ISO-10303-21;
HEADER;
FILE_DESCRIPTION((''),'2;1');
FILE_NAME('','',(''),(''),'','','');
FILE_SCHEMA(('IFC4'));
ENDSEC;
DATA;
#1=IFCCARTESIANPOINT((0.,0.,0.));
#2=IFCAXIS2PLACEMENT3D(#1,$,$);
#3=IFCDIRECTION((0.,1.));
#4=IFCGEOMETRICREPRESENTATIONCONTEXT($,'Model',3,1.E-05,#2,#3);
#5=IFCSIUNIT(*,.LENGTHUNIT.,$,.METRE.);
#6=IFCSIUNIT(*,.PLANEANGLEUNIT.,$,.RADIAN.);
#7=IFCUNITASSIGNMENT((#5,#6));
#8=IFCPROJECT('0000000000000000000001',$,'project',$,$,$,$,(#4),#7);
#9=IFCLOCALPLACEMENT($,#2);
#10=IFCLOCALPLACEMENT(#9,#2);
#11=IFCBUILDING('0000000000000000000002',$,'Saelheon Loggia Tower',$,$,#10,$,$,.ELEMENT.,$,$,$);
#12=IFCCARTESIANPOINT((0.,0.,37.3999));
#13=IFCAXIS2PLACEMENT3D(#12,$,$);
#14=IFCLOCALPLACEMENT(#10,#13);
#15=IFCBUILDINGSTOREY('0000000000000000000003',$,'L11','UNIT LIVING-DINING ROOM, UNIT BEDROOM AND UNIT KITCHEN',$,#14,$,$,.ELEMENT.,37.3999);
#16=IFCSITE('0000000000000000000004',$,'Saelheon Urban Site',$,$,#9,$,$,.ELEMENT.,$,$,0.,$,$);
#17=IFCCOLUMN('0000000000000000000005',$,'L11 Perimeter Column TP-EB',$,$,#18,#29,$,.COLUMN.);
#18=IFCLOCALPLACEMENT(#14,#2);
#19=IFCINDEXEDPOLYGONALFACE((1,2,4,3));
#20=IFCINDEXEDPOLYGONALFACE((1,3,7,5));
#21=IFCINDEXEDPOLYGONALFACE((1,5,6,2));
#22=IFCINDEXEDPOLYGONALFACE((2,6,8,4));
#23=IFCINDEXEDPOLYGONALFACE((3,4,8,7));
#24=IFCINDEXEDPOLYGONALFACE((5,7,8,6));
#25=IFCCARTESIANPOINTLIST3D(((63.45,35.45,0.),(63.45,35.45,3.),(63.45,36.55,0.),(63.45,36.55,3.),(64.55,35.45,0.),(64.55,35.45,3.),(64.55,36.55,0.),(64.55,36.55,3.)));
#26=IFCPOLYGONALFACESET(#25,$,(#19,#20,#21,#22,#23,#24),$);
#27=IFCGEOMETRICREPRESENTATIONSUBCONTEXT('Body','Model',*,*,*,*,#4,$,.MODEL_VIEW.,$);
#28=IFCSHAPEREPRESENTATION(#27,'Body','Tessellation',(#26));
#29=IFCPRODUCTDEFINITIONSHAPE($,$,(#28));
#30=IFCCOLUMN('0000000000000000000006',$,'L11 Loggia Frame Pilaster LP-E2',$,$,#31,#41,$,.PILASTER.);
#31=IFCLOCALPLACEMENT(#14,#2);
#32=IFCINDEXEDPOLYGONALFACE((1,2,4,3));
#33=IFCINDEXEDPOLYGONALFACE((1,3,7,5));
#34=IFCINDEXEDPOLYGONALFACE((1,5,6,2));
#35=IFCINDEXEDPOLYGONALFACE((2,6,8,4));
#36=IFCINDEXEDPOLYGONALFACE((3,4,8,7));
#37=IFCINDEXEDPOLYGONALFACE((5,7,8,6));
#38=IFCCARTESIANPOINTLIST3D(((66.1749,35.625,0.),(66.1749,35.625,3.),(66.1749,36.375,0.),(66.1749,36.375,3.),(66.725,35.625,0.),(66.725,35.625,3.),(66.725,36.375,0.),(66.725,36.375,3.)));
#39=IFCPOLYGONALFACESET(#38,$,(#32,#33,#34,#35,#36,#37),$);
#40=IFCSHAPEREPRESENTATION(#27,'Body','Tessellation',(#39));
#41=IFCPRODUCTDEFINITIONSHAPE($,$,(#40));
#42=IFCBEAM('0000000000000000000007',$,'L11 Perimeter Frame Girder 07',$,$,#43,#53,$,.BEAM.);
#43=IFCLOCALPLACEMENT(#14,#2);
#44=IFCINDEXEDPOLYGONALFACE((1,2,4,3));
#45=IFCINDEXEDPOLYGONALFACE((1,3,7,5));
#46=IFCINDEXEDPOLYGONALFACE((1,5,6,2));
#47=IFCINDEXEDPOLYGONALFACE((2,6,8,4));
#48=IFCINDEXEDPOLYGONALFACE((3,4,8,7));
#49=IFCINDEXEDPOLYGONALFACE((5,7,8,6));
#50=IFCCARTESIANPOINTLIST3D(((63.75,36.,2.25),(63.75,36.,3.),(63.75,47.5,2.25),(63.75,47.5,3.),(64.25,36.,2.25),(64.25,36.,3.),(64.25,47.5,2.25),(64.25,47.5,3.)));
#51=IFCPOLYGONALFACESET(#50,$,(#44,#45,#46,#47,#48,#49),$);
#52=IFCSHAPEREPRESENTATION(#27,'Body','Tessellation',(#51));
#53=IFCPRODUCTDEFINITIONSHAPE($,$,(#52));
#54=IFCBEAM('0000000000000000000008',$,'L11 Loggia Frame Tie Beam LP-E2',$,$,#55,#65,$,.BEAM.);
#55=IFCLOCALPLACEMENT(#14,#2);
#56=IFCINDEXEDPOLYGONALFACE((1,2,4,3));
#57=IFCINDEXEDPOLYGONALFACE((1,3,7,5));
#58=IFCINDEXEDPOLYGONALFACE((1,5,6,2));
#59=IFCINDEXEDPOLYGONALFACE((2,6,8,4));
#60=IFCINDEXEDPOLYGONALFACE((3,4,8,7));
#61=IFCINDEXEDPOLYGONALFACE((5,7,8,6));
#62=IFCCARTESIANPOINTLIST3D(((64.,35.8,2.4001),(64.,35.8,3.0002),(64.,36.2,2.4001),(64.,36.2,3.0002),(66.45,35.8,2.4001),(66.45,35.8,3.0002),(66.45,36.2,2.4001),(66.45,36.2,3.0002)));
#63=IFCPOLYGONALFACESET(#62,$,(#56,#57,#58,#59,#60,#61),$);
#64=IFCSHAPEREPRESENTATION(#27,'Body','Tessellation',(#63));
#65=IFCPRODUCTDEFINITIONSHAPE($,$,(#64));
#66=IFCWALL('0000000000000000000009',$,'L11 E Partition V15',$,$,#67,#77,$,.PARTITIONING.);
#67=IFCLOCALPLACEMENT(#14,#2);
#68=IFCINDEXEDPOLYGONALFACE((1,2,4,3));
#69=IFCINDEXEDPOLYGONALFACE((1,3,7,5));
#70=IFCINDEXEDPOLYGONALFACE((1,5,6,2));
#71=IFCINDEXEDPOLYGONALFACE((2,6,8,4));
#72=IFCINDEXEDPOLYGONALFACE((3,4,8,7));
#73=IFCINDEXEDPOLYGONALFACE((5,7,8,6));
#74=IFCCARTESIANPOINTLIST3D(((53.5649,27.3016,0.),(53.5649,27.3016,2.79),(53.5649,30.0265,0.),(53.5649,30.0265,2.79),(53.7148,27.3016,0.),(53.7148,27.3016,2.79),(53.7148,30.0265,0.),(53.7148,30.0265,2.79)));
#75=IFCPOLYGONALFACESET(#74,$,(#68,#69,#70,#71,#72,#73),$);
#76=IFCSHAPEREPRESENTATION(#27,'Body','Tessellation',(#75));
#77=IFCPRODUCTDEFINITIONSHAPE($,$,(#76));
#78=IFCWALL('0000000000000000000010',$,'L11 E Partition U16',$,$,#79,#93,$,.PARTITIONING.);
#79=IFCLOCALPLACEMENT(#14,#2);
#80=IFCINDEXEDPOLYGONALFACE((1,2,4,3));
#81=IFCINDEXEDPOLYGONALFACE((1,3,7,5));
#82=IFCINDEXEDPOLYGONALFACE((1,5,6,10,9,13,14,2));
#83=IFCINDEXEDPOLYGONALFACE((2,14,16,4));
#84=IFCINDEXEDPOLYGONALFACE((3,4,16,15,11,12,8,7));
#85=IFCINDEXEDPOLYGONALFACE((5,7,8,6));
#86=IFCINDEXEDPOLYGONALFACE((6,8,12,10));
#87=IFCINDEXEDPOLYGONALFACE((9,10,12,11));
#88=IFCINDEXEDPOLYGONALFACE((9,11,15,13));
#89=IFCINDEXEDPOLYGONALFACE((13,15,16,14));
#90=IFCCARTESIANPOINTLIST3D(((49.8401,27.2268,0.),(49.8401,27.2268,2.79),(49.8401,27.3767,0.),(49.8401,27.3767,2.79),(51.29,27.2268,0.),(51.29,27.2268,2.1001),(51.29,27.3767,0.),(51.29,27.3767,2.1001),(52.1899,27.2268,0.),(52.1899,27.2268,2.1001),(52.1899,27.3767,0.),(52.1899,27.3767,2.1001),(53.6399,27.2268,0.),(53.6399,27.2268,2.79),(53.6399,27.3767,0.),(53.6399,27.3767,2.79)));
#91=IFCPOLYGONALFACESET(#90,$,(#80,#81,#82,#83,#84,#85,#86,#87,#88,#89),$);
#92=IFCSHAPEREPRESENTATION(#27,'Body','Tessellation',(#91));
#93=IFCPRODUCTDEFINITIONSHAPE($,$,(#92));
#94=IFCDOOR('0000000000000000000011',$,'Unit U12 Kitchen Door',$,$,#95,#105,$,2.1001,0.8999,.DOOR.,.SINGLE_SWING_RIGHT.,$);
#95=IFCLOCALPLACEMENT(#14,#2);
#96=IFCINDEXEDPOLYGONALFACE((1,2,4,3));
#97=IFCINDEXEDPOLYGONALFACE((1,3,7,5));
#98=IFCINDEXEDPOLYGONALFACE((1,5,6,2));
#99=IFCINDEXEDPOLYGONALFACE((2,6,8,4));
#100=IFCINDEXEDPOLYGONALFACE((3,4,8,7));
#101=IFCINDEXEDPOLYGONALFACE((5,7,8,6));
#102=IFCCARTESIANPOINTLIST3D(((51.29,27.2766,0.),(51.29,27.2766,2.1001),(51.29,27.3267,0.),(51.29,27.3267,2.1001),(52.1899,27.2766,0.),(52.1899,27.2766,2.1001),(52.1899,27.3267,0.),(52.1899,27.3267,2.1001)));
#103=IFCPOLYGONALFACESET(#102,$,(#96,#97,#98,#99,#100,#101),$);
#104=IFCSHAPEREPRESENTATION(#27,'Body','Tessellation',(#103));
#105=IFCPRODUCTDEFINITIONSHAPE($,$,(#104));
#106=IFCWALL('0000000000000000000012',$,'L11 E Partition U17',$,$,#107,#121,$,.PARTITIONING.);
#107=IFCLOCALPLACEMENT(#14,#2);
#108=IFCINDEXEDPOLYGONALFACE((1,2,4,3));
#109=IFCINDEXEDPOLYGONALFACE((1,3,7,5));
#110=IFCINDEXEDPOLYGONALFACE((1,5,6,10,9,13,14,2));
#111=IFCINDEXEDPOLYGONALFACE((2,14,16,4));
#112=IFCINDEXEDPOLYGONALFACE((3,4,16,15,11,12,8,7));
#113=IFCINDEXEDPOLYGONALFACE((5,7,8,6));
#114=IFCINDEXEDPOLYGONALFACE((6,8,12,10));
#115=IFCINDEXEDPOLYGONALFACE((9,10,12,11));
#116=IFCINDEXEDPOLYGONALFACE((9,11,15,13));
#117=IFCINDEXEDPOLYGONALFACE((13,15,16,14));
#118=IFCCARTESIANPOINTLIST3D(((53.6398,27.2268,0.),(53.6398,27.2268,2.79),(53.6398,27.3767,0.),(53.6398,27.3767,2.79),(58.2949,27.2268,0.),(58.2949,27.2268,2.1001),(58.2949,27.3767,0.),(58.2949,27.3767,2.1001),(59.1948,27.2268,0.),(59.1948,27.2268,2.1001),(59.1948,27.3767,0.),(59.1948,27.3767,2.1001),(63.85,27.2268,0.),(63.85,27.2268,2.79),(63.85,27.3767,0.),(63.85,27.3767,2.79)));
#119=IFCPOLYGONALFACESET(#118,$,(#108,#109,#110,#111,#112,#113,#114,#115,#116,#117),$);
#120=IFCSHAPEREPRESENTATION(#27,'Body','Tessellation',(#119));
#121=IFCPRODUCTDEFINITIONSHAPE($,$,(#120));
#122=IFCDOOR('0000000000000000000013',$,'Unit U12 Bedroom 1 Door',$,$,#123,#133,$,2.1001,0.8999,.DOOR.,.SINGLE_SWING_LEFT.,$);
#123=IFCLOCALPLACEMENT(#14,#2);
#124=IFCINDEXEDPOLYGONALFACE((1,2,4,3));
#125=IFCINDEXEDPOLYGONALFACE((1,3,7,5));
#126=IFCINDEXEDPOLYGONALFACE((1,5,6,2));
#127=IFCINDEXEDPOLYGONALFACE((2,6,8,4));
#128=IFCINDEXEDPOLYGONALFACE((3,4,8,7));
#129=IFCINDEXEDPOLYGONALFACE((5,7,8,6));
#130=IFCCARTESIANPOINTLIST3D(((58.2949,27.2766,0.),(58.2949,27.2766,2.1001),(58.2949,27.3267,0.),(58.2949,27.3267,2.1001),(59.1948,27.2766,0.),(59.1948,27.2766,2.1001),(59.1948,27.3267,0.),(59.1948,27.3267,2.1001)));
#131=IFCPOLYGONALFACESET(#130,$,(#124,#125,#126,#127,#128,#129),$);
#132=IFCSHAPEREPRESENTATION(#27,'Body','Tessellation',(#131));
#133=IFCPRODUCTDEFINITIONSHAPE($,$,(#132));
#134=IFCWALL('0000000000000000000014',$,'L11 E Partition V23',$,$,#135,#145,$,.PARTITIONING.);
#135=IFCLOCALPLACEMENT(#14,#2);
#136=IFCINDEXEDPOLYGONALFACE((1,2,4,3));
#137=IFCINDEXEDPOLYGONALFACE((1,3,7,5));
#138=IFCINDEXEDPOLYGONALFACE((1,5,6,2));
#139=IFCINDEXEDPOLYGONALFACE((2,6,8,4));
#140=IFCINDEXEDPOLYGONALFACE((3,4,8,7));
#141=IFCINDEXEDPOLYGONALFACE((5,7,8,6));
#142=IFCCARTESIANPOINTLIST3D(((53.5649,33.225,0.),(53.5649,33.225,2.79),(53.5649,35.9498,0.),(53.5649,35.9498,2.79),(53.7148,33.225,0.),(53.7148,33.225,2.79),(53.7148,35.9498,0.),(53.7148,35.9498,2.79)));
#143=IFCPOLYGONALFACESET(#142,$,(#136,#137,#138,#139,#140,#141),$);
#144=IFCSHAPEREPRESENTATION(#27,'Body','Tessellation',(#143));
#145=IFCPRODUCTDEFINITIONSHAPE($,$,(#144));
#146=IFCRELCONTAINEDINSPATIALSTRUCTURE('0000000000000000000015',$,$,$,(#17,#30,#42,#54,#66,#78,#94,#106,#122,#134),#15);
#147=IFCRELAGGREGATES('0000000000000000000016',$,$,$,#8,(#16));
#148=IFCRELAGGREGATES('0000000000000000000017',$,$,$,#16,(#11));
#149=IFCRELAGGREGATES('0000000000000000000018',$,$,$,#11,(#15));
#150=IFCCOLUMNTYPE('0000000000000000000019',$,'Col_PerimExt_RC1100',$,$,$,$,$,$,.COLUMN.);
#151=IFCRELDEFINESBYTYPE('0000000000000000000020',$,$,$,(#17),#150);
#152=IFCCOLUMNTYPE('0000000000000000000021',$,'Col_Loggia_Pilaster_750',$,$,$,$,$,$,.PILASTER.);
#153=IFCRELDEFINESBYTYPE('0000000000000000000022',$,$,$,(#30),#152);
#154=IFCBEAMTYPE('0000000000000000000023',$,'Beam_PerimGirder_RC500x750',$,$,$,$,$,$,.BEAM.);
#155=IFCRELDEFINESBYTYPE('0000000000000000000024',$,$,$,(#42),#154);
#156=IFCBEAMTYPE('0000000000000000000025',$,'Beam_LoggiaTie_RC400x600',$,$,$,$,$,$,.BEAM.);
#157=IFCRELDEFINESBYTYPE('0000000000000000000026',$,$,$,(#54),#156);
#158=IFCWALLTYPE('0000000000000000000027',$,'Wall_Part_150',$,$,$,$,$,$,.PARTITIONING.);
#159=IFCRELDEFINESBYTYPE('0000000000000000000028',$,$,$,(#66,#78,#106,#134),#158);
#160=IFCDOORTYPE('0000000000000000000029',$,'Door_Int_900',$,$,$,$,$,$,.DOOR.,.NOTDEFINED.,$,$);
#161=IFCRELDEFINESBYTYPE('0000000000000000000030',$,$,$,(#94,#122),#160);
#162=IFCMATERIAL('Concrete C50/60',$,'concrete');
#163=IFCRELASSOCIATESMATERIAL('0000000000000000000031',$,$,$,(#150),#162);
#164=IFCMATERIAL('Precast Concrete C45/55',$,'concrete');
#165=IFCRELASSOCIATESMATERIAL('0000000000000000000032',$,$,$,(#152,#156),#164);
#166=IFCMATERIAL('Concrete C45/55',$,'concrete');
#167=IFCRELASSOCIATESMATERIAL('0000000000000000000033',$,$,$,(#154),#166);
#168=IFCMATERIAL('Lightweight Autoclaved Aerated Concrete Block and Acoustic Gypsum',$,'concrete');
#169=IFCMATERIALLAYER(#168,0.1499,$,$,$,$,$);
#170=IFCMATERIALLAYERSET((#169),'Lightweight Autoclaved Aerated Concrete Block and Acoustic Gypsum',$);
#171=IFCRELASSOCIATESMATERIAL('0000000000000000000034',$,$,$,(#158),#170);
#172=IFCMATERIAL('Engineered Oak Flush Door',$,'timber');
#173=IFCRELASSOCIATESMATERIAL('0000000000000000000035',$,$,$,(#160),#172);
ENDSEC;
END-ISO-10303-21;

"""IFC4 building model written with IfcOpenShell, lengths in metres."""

from ifc_helpers import new_model, si_unit, direction, frame, frame_2d, origin, origin_2d, place, context, subcontext, project, spatial, rectangle, extrude, source, transform, mapped, material, layer, layer_set, material_profile, profile_set, type_object, element, fill, save


model = new_model("IFC4")

# Units and contexts
model_context = context("Model", 3, precision=1e-05, world=origin(), true_north=direction((0.0, 1.0)))
body_context = subcontext(model_context, "Body", "Model", "MODEL_VIEW")
ifc_project = project(units=[si_unit("LENGTHUNIT", "METRE"), si_unit("PLANEANGLEUNIT", "RADIAN")], contexts=[model_context])

# Site, building, storey
site_placement = place(None, origin())
site = spatial("IfcSite", under=ifc_project, at=site_placement, Name="Saelheon Urban Site", CompositionType="ELEMENT", RefElevation=0.0)
building_placement = place(site_placement, origin())
building = spatial("IfcBuilding", under=site, at=building_placement, Name="Saelheon Loggia Tower", CompositionType="ELEMENT")
storey_placement = place(building_placement, frame((0.0, 0.0, 37.3999)))
storey = spatial("IfcBuildingStorey", under=building, at=storey_placement, Name="L11", Description="UNIT LIVING-DINING ROOM, UNIT BEDROOM AND UNIT KITCHEN", CompositionType="ELEMENT", Elevation=37.3999)

# Columns
ifc_material_1 = material(Name="Concrete C50/60", Category="concrete")
ifc_material_profile_1 = material_profile(ifc_material_1, rectangle(XDim=1.1001, YDim=1.1001, at=origin_2d()), Name="RC-1100x1100")
ifc_profile_set_1 = profile_set([ifc_material_profile_1], Name="Concrete C50/60")
column_type_1 = type_object("IfcColumnType", Name="Col_PerimExt_RC1100", PredefinedType="COLUMN", material=ifc_profile_set_1)
shared_shape_1 = source(origin(), body_context, "Body", "SweptSolid", [
    extrude(rectangle(XDim=1.1001, YDim=1.1001, at=origin_2d()), origin(), (0.0, 0.0, 1.0), 3.0),
])
column_1_placement = place(storey_placement, frame((64.0, 36.0, 0.0), z_axis=(0.0, 0.0, 1.0), x_axis=(1.0, 0.0, 0.0)))
element("IfcColumn", 1, at=column_1_placement, inside=storey, type_object=column_type_1, Name="L11 Perimeter Column TP-EB", PredefinedType="COLUMN", context=body_context, shape_type="MappedRepresentation", body=[
    mapped(shared_shape_1, transform((0.0, 0.0, 0.0), scale=1.0)),
])
ifc_material_2 = material(Name="Precast Concrete C45/55", Category="concrete")
ifc_material_profile_2 = material_profile(ifc_material_2, rectangle(XDim=0.55, YDim=0.75, at=origin_2d()), Name="RC-550x750")
ifc_profile_set_2 = profile_set([ifc_material_profile_2], Name="Precast Concrete C45/55")
column_type_2 = type_object("IfcColumnType", Name="Col_Loggia_Pilaster_750", PredefinedType="PILASTER", material=ifc_profile_set_2)
shared_shape_2 = source(origin(), body_context, "Body", "SweptSolid", [
    extrude(rectangle(XDim=0.55, YDim=0.75, at=origin_2d()), origin(), (0.0, 0.0, 1.0), 3.0),
])
column_2_placement = place(storey_placement, frame((66.45, 36.0, 0.0), z_axis=(0.0, 0.0, 1.0), x_axis=(1.0, 0.0, 0.0)))
element("IfcColumn", 2, at=column_2_placement, inside=storey, type_object=column_type_2, Name="L11 Loggia Frame Pilaster LP-E2", PredefinedType="PILASTER", context=body_context, shape_type="MappedRepresentation", body=[
    mapped(shared_shape_2, transform((0.0, 0.0, 0.0), scale=1.0)),
])

# Beams
ifc_material_3 = material(Name="Concrete C45/55", Category="concrete")
ifc_material_profile_3 = material_profile(ifc_material_3, rectangle(XDim=0.5, YDim=0.75, at=origin_2d()), Name="RC-500x750")
ifc_profile_set_3 = profile_set([ifc_material_profile_3], Name="Concrete C45/55")
beam_type_1 = type_object("IfcBeamType", Name="Beam_PerimGirder_RC500x750", PredefinedType="BEAM", material=ifc_profile_set_3)
shared_shape_3 = source(origin(), body_context, "Body", "SweptSolid", [
    extrude(rectangle(XDim=0.5, YDim=0.75, at=origin_2d()), origin(), (0.0, 0.0, 1.0), 11.5),
])
beam_1_placement = place(storey_placement, frame((64.0, 36.0, 2.625), z_axis=(0.0, 1.0, 0.0), x_axis=(-1.0, 0.0, 0.0)))
element("IfcBeam", 3, at=beam_1_placement, inside=storey, type_object=beam_type_1, Name="L11 Perimeter Frame Girder 07", PredefinedType="BEAM", context=body_context, shape_type="MappedRepresentation", body=[
    mapped(shared_shape_3, transform((0.0, 0.0, 0.0), scale=1.0)),
])
ifc_material_profile_4 = material_profile(ifc_material_2, rectangle(XDim=0.3999, YDim=0.6001, at=origin_2d()), Name="RC-400x600")
ifc_profile_set_4 = profile_set([ifc_material_profile_4], Name="Precast Concrete C45/55")
beam_type_2 = type_object("IfcBeamType", Name="Beam_LoggiaTie_RC400x600", PredefinedType="BEAM", material=ifc_profile_set_4)
shared_shape_4 = source(origin(), body_context, "Body", "SweptSolid", [
    extrude(rectangle(XDim=0.3999, YDim=0.6001, at=origin_2d()), origin(), (0.0, 0.0, 1.0), 2.45),
])
beam_2_placement = place(storey_placement, frame((64.0, 36.0, 2.7002), z_axis=(1.0, 0.0, 0.0), x_axis=(0.0, 1.0, 0.0)))
element("IfcBeam", 4, at=beam_2_placement, inside=storey, type_object=beam_type_2, Name="L11 Loggia Frame Tie Beam LP-E2", PredefinedType="BEAM", context=body_context, shape_type="MappedRepresentation", body=[
    mapped(shared_shape_4, transform((0.0, 0.0, 0.0), scale=1.0)),
])

# Wall
ifc_material_4 = material(Name="Lightweight Autoclaved Aerated Concrete Block and Acoustic Gypsum", Category="concrete")
ifc_layer_1 = layer(ifc_material_4, 0.1499)
ifc_layer_set_1 = layer_set([ifc_layer_1], Name="Lightweight Autoclaved Aerated Concrete Block and Acoustic Gypsum")
wall_type_1 = type_object("IfcWallType", Name="Wall_Part_150", PredefinedType="PARTITIONING", material=ifc_layer_set_1)
wall_1_placement = place(storey_placement, frame((53.6399, 27.3018, 0.0), z_axis=(0.0, 0.0, 1.0), x_axis=(0.0, 1.0, 0.0)))
element("IfcWall", 5, at=wall_1_placement, inside=storey, type_object=wall_type_1, Name="L11 E Partition V15", PredefinedType="PARTITIONING", context=body_context, shape_type="SweptSolid", body=[
    extrude(rectangle(XDim=2.7249, YDim=0.1499, at=frame_2d((1.3623, 0.0))), origin(), (0.0, 0.0, 1.0), 2.79),
])

# Walls, openings, doors
wall_2_placement = place(storey_placement, frame((49.8401, 27.3018, 0.0), z_axis=(0.0, 0.0, 1.0), x_axis=(1.0, 0.0, 0.0)))
wall_2 = element("IfcWall", 6, at=wall_2_placement, inside=storey, type_object=wall_type_1, Name="L11 E Partition U16", PredefinedType="PARTITIONING", context=body_context, shape_type="SweptSolid", body=[
    extrude(rectangle(XDim=3.7998, YDim=0.1499, at=frame_2d((1.8999, 0.0))), origin(), (0.0, 0.0, 1.0), 2.79),
])
opening_1_placement = place(wall_2_placement, frame((1.45, 0.0, 0.0)))
opening_1 = element("IfcOpeningElement", 7, at=opening_1_placement, cuts=wall_2, PredefinedType="OPENING", context=body_context, shape_type="SweptSolid", body=[
    extrude(rectangle(XDim=0.8999, YDim=2.1001, at=frame_2d((0.45, 1.05))), frame((0.0, 0.0869, 0.0), z_axis=(0.0, -1.0, 0.0), x_axis=(1.0, 0.0, 0.0)), (0.0, 0.0, 1.0), 0.1738),
])
ifc_material_5 = material(Name="Engineered Oak Flush Door", Category="timber")
door_type_1 = type_object("IfcDoorType", Name="Door_Int_900", OperationType="NOTDEFINED", PredefinedType="DOOR", material=ifc_material_5)
shared_shape_5 = source(origin(), body_context, "Body", "SweptSolid", [
    extrude(rectangle(XDim=0.8999, YDim=2.1001, at=frame_2d((0.45, 1.05))), frame((0.0, 0.0249, 0.0), z_axis=(0.0, -1.0, 0.0), x_axis=(1.0, 0.0, 0.0)), (0.0, 0.0, 1.0), 0.05),
])
door_1_placement = place(opening_1_placement, origin())
door_1 = element("IfcDoor", 8, at=door_1_placement, inside=storey, type_object=door_type_1, Name="Unit U12 Kitchen Door", OperationType="SINGLE_SWING_RIGHT", OverallHeight=2.1001, OverallWidth=0.8999, PredefinedType="DOOR", context=body_context, shape_type="MappedRepresentation", body=[
    mapped(shared_shape_5, transform((0.0, 0.0, 0.0), scale=1.0)),
])
fill(opening_1, door_1)
wall_3_placement = place(storey_placement, frame((53.6399, 27.3018, 0.0), z_axis=(0.0, 0.0, 1.0), x_axis=(1.0, 0.0, 0.0)))
wall_3 = element("IfcWall", 9, at=wall_3_placement, inside=storey, type_object=wall_type_1, Name="L11 E Partition U17", PredefinedType="PARTITIONING", context=body_context, shape_type="SweptSolid", body=[
    extrude(rectangle(XDim=10.2102, YDim=0.1499, at=frame_2d((5.105, 0.0))), origin(), (0.0, 0.0, 1.0), 2.79),
])
opening_2_placement = place(wall_3_placement, frame((4.655, 0.0, 0.0)))
opening_2 = element("IfcOpeningElement", 10, at=opening_2_placement, cuts=wall_3, PredefinedType="OPENING", context=body_context, shape_type="SweptSolid", body=[
    extrude(rectangle(XDim=0.8999, YDim=2.1001, at=frame_2d((0.45, 1.05))), frame((0.0, 0.0869, 0.0), z_axis=(0.0, -1.0, 0.0), x_axis=(1.0, 0.0, 0.0)), (0.0, 0.0, 1.0), 0.1738),
])
door_2_placement = place(opening_2_placement, origin())
door_2 = element("IfcDoor", 11, at=door_2_placement, inside=storey, type_object=door_type_1, Name="Unit U12 Bedroom 1 Door", OperationType="SINGLE_SWING_LEFT", OverallHeight=2.1001, OverallWidth=0.8999, PredefinedType="DOOR", context=body_context, shape_type="MappedRepresentation", body=[
    mapped(shared_shape_5, transform((0.0, 0.0, 0.0), scale=1.0)),
])
fill(opening_2, door_2)

# Wall
wall_4_placement = place(storey_placement, frame((53.6399, 33.2251, 0.0), z_axis=(0.0, 0.0, 1.0), x_axis=(0.0, 1.0, 0.0)))
element("IfcWall", 12, at=wall_4_placement, inside=storey, type_object=wall_type_1, Name="L11 E Partition V23", PredefinedType="PARTITIONING", context=body_context, shape_type="SweptSolid", body=[
    extrude(rectangle(XDim=2.7249, YDim=0.1499, at=frame_2d((1.3623, 0.0))), origin(), (0.0, 0.0, 1.0), 2.79),
])

save(model, "model.ifc")
